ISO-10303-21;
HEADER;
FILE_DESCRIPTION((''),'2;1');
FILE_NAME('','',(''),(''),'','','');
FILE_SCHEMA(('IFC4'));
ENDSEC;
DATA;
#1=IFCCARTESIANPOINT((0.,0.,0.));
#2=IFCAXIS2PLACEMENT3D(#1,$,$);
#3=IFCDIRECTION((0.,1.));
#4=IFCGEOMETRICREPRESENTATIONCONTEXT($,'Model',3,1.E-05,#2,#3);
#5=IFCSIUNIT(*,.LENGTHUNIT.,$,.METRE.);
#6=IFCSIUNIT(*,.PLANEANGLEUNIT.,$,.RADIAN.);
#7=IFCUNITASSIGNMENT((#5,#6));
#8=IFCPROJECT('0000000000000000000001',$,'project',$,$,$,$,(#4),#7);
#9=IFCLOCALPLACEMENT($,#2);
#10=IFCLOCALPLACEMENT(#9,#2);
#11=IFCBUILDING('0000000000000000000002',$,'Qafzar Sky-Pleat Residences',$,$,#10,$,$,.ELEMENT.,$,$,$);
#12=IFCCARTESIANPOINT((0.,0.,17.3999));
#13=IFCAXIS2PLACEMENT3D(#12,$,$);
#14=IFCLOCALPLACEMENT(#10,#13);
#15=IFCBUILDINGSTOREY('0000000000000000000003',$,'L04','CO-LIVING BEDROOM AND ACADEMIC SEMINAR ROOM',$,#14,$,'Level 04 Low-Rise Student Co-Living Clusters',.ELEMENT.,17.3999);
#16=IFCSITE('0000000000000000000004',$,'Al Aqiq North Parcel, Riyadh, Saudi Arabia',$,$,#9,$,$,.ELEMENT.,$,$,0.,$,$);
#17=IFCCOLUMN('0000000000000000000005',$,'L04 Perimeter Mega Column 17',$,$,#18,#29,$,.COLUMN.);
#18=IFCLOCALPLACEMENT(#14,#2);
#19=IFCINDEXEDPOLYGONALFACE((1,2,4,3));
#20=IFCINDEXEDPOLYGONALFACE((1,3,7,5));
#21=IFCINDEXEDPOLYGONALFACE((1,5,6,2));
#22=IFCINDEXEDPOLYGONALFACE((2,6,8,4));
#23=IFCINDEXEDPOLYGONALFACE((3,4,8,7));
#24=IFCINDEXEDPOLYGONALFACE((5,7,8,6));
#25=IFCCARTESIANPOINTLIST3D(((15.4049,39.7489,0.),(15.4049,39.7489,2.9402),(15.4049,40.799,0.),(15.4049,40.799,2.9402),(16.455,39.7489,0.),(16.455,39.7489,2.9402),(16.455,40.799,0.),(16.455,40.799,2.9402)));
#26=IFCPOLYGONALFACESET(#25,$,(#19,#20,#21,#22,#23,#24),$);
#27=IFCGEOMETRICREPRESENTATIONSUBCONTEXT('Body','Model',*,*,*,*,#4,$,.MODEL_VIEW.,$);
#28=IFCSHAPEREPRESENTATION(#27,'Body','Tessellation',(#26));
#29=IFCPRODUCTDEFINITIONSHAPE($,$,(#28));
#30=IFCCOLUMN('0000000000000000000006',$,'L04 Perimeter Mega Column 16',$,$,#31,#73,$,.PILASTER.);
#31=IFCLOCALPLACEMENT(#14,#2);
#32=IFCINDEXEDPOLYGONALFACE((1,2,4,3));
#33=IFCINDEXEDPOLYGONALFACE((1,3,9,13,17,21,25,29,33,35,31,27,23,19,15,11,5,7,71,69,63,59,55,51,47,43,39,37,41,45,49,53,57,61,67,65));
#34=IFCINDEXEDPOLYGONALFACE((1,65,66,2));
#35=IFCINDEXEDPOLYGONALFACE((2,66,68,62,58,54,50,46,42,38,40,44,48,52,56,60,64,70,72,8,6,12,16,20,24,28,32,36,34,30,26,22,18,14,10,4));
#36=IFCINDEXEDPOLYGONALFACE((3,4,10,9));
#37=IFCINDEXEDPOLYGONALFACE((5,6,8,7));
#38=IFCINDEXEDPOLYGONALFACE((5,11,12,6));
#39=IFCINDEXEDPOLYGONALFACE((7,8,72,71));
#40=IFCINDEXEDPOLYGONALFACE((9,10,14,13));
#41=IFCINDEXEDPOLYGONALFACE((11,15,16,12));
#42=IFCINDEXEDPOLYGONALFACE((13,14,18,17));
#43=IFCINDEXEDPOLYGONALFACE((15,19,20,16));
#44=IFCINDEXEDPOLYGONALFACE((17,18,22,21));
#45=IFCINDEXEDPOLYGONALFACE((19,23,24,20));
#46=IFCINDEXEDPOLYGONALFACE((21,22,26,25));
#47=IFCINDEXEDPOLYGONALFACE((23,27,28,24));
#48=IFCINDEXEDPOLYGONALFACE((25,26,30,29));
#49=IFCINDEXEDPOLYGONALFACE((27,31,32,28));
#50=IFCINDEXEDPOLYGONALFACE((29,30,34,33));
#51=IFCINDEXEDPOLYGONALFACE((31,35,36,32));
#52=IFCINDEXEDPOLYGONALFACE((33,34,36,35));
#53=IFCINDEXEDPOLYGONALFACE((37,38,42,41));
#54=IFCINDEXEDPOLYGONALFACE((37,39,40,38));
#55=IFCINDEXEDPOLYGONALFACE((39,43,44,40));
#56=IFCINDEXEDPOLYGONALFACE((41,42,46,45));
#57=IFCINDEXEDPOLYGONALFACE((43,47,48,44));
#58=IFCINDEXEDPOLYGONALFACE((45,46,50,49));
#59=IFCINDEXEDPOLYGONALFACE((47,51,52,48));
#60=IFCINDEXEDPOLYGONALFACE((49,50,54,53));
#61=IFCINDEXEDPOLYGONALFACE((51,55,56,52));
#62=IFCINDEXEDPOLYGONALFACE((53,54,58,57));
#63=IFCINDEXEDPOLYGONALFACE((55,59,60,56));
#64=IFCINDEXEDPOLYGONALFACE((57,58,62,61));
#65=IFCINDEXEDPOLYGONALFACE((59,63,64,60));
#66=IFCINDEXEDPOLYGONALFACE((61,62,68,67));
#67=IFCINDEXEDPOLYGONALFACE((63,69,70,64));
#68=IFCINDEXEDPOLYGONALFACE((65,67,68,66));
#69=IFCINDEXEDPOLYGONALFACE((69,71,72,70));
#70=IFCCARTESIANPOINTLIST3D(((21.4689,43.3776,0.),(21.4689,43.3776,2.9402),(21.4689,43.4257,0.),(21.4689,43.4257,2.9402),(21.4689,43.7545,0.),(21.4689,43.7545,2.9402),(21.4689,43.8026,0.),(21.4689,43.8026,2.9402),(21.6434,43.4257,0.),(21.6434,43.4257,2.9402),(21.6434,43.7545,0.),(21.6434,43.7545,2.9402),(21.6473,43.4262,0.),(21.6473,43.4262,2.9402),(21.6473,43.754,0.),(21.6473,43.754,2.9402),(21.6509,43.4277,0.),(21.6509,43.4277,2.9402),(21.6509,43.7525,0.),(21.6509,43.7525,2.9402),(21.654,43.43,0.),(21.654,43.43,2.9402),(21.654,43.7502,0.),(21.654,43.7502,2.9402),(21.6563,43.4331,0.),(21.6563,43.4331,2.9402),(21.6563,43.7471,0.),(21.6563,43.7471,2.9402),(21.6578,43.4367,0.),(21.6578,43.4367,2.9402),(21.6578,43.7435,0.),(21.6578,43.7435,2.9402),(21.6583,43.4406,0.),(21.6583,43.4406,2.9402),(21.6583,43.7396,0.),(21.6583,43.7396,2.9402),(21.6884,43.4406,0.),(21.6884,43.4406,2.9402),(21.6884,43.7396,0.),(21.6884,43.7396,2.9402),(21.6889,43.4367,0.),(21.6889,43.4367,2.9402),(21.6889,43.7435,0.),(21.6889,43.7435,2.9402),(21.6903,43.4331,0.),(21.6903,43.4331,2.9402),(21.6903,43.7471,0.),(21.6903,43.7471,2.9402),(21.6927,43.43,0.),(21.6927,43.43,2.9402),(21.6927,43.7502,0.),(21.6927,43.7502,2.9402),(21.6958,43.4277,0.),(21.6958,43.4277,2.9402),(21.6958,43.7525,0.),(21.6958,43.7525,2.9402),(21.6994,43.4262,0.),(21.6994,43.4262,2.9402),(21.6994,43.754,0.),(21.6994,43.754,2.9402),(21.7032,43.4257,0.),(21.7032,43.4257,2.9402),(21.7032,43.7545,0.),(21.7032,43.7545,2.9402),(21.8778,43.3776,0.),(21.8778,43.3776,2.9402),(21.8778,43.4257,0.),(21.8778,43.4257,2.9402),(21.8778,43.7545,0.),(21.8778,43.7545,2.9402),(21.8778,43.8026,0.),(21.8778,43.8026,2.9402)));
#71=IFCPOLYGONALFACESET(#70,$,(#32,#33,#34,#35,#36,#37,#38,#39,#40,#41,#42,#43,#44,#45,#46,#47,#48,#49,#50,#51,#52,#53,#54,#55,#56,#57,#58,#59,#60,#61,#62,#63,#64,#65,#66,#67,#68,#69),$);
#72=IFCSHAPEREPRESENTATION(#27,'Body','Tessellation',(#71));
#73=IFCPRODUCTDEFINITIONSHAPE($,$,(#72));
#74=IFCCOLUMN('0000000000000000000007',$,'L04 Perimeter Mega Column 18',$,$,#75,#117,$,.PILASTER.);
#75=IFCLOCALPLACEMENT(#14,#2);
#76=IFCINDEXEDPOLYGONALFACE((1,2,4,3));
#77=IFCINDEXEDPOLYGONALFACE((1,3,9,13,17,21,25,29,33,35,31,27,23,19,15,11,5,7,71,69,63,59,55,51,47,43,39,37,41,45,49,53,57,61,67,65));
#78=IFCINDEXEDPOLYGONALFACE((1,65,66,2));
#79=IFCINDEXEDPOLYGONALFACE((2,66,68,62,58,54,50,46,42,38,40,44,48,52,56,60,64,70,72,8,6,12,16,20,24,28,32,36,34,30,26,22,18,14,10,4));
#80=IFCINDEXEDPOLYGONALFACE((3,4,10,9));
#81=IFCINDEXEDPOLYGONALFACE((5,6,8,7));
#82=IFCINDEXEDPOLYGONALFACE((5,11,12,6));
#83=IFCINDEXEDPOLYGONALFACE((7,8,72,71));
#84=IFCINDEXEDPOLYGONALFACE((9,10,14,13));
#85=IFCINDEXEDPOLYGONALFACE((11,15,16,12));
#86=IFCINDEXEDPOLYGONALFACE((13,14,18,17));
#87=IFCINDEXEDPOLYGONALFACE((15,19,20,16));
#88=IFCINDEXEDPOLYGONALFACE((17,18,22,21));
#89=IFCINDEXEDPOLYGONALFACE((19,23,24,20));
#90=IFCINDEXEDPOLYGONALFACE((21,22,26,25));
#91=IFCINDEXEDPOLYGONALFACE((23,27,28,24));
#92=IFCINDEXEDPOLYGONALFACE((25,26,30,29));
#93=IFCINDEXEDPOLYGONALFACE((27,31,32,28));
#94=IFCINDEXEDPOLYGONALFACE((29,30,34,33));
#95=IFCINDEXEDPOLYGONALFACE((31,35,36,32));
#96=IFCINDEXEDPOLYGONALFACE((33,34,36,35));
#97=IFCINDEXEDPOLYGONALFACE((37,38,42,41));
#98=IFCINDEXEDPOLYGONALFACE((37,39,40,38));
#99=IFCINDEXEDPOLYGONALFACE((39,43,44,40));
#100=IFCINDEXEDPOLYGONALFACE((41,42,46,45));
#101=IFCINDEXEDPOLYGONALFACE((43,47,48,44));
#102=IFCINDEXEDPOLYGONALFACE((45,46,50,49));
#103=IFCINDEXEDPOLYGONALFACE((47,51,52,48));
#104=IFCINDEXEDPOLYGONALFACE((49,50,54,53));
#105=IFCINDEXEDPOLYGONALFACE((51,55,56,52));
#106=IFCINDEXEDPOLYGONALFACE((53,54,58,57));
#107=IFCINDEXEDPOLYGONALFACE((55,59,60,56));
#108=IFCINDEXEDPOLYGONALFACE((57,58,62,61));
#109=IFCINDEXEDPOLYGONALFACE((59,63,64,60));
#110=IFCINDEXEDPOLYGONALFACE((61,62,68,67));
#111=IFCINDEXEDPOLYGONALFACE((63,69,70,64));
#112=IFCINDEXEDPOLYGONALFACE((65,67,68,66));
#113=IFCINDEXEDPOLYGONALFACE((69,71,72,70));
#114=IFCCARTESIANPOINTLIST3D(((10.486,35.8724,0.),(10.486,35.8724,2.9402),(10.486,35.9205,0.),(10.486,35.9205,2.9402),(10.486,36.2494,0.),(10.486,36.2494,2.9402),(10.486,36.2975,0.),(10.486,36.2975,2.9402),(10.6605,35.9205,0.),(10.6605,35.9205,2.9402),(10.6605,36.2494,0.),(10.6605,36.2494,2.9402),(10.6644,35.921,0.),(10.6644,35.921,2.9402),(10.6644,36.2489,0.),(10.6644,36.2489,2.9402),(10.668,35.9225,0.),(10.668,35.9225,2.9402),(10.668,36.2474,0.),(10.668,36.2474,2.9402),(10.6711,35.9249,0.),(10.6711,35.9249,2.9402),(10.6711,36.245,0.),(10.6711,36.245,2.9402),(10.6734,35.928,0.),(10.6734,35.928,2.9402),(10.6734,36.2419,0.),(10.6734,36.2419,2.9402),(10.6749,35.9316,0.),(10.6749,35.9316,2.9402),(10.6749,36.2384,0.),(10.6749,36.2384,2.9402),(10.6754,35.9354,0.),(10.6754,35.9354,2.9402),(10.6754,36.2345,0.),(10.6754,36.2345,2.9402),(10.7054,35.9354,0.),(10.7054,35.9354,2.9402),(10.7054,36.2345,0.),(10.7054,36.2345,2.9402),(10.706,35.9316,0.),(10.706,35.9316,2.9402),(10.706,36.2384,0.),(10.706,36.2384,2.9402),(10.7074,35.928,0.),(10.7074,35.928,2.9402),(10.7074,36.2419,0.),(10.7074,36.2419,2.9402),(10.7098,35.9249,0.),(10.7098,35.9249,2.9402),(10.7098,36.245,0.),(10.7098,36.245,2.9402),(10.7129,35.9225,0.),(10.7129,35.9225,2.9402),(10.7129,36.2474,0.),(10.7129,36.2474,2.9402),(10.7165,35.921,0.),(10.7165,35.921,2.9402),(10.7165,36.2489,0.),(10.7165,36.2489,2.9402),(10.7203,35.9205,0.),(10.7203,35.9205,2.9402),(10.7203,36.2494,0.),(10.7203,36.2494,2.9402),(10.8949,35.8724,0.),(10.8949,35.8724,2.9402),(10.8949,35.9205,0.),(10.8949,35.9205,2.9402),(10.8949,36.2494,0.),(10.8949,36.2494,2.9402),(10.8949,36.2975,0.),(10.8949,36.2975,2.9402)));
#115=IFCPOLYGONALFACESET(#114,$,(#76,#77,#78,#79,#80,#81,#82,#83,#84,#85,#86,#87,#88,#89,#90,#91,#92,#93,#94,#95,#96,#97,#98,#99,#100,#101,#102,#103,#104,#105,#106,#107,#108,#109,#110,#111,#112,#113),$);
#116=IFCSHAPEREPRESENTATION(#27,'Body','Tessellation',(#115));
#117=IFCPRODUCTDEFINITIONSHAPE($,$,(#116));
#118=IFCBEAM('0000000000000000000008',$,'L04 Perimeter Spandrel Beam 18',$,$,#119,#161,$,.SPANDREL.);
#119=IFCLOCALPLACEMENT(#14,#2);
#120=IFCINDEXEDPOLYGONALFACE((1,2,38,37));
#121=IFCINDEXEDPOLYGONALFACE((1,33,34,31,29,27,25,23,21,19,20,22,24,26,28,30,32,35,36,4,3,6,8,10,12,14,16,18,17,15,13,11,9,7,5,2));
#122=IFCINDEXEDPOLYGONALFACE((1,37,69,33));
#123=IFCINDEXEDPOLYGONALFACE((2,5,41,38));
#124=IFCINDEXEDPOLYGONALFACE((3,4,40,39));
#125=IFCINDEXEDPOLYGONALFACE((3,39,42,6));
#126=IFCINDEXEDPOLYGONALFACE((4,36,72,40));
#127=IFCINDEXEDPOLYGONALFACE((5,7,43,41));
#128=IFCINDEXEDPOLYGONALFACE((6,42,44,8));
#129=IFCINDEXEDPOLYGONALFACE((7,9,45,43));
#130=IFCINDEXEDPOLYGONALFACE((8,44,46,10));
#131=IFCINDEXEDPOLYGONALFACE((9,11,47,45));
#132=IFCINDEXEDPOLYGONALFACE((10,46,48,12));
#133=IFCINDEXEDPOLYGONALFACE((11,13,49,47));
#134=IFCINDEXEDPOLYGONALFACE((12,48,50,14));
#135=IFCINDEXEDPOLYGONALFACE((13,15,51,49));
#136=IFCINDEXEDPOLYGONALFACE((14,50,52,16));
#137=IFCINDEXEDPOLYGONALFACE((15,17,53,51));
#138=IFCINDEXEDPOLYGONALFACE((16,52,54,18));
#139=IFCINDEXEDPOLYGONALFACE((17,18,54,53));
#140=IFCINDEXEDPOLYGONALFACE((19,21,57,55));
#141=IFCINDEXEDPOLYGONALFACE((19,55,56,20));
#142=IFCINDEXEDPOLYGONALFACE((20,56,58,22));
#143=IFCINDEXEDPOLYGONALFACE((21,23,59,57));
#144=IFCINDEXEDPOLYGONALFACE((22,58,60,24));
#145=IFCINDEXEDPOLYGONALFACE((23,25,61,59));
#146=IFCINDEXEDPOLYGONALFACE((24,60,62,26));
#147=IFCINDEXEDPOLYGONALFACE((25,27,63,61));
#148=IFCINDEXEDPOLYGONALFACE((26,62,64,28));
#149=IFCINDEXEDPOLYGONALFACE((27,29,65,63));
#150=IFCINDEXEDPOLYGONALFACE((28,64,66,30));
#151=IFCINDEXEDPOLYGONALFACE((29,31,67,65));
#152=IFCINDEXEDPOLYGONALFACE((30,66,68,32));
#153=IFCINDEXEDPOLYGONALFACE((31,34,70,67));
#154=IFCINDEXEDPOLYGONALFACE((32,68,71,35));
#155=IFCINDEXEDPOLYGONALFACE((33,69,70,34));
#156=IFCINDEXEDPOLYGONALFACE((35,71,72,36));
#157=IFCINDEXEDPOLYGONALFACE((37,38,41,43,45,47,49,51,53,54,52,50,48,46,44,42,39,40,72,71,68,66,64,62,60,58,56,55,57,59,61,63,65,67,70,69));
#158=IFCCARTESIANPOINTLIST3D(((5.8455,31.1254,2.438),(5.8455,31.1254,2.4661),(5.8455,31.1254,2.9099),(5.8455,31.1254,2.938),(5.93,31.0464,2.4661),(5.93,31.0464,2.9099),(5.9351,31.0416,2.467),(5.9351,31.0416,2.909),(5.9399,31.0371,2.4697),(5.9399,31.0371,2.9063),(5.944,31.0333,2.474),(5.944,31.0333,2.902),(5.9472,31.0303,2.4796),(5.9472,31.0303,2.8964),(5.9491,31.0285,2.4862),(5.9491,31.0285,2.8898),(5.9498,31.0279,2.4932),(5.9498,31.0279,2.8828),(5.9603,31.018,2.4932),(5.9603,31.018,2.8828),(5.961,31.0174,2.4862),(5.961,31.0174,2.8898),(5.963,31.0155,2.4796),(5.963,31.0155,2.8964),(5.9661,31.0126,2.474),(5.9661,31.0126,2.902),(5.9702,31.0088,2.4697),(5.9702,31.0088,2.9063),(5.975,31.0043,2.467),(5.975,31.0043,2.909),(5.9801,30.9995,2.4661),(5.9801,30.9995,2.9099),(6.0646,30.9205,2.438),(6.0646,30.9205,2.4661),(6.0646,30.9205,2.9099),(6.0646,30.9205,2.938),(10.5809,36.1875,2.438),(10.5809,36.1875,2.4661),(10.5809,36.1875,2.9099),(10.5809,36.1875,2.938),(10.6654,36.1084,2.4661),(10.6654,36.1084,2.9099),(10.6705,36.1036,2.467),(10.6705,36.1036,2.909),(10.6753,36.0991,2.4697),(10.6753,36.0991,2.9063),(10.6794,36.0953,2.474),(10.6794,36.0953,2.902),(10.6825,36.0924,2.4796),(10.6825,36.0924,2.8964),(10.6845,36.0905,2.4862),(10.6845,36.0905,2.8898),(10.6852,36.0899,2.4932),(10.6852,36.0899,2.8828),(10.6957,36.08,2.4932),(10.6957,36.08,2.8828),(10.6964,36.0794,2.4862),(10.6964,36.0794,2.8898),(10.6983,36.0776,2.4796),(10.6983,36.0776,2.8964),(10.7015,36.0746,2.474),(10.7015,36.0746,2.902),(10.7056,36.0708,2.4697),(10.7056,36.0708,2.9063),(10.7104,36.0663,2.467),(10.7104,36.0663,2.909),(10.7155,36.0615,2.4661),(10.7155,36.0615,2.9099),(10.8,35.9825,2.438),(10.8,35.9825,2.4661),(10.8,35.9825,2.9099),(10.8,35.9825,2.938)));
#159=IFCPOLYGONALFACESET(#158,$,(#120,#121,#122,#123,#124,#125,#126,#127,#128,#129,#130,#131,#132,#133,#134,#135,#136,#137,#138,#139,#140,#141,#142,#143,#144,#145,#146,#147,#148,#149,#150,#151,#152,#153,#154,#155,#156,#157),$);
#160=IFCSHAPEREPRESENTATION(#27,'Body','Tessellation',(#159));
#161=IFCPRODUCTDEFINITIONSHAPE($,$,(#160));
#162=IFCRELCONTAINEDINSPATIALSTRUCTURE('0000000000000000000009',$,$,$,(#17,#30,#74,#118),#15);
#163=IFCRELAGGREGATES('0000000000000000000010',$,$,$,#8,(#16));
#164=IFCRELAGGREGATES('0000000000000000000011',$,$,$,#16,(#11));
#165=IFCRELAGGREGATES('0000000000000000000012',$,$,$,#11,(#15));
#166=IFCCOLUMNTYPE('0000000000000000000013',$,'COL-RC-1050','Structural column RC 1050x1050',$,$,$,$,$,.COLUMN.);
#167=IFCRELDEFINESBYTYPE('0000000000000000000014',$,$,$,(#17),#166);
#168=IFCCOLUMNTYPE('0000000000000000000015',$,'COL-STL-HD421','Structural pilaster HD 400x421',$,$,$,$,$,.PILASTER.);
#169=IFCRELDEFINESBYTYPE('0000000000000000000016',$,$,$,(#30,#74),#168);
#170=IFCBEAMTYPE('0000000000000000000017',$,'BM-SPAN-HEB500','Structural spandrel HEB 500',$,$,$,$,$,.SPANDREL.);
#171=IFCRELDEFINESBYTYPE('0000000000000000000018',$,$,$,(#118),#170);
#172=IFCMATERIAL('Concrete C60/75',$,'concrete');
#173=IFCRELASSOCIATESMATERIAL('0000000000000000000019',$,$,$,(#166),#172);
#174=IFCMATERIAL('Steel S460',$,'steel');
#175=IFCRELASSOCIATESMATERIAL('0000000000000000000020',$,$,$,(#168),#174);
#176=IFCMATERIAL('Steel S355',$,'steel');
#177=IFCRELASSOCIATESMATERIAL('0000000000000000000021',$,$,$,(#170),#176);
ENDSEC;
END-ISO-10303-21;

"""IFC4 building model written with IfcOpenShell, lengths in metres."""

from ifc_helpers import new_model, si_unit, direction, frame, origin, origin_2d, place, context, subcontext, project, spatial, rectangle, i_section, extrude, source, transform, mapped, material, material_profile, profile_set, type_object, element, save


model = new_model("IFC4")

# Units and contexts
model_context = context("Model", 3, precision=1e-05, world=origin(), true_north=direction((0.0, 1.0)))
body_context = subcontext(model_context, "Body", "Model", "MODEL_VIEW")
ifc_project = project(units=[si_unit("LENGTHUNIT", "METRE"), si_unit("PLANEANGLEUNIT", "RADIAN")], contexts=[model_context])

# Site, building, storey
site_placement = place(None, origin())
site = spatial("IfcSite", under=ifc_project, at=site_placement, Name="Al Aqiq North Parcel, Riyadh, Saudi Arabia", CompositionType="ELEMENT", RefElevation=0.0)
building_placement = place(site_placement, origin())
building = spatial("IfcBuilding", under=site, at=building_placement, Name="Qafzar Sky-Pleat Residences", CompositionType="ELEMENT")
storey_placement = place(building_placement, frame((0.0, 0.0, 17.3999)))
storey = spatial("IfcBuildingStorey", under=building, at=storey_placement, Name="L04", Description="CO-LIVING BEDROOM AND ACADEMIC SEMINAR ROOM", LongName="Level 04 Low-Rise Student Co-Living Clusters", CompositionType="ELEMENT", Elevation=17.3999)

# Columns
ifc_material_1 = material(Name="Concrete C60/75", Category="concrete")
ifc_material_profile_1 = material_profile(ifc_material_1, rectangle(XDim=1.05, YDim=1.05, at=origin_2d()), Name="RC 1050x1050")
ifc_profile_set_1 = profile_set([ifc_material_profile_1], Name="Concrete C60/75")
column_type_1 = type_object("IfcColumnType", Name="COL-RC-1050", Description="Structural column RC 1050x1050", PredefinedType="COLUMN", material=ifc_profile_set_1)
shared_shape_1 = source(origin(), body_context, "Body", "SweptSolid", [
    extrude(rectangle(XDim=1.05, YDim=1.05, at=origin_2d()), origin(), (0.0, 0.0, 1.0), 2.9402),
])
column_placement = place(storey_placement, frame((15.9299, 40.2739, 0.0), z_axis=(0.0, 0.0, 1.0), x_axis=(1.0, 0.0, 0.0)))
element("IfcColumn", 1, at=column_placement, inside=storey, type_object=column_type_1, Name="L04 Perimeter Mega Column 17", PredefinedType="COLUMN", context=body_context, shape_type="MappedRepresentation", body=[
    mapped(shared_shape_1, transform((0.0, 0.0, 0.0), x_axis=(1.0, 0.0, 0.0), y_axis=(0.0, 1.0, 0.0), z_axis=(0.0, 0.0, 1.0), scale=1.0)),
])
ifc_material_2 = material(Name="Steel S460", Category="steel")
ifc_material_profile_2 = material_profile(ifc_material_2, i_section(OverallWidth=0.4089, OverallDepth=0.425, WebThickness=0.03, FlangeThickness=0.0481, FilletRadius=0.0149, at=origin_2d()), Name="HD 400x421")
ifc_profile_set_2 = profile_set([ifc_material_profile_2], Name="Steel S460")
column_type_2 = type_object("IfcColumnType", Name="COL-STL-HD421", Description="Structural pilaster HD 400x421", PredefinedType="PILASTER", material=ifc_profile_set_2)
shared_shape_2 = source(origin(), body_context, "Body", "SweptSolid", [
    extrude(i_section(OverallWidth=0.4089, OverallDepth=0.425, WebThickness=0.03, FlangeThickness=0.0481, FilletRadius=0.0149, at=origin_2d()), origin(), (0.0, 0.0, 1.0), 2.9402),
])
for number, where, z_axis, x_axis, name in (
    (2, (21.6733, 43.5901, 0.0), (0.0, 0.0, 1.0), (1.0, 0.0, 0.0), "L04 Perimeter Mega Column 16"),
    (3, (10.6904, 36.085, 0.0), (0.0, 0.0, 1.0), (1.0, 0.0, 0.0), "L04 Perimeter Mega Column 18"),
):
    element("IfcColumn", number, at=place(storey_placement, frame(where, z_axis=z_axis, x_axis=x_axis)), inside=storey, type_object=column_type_2, Name=name, PredefinedType="PILASTER", context=body_context, shape_type="MappedRepresentation", body=[
        mapped(shared_shape_2, transform((0.0, 0.0, 0.0), x_axis=(1.0, 0.0, 0.0), y_axis=(0.0, 1.0, 0.0), z_axis=(0.0, 0.0, 1.0), scale=1.0)),
    ])

# Beam
ifc_material_3 = material(Name="Steel S355", Category="steel")
ifc_material_profile_3 = material_profile(ifc_material_3, i_section(OverallWidth=0.3, OverallDepth=0.5, WebThickness=0.0144, FlangeThickness=0.0281, FilletRadius=0.0271, at=origin_2d()), Name="HEB 500")
ifc_profile_set_3 = profile_set([ifc_material_profile_3], Name="Steel S355")
beam_type_1 = type_object("IfcBeamType", Name="BM-SPAN-HEB500", Description="Structural spandrel HEB 500", PredefinedType="SPANDREL", material=ifc_profile_set_3)
shared_shape_3 = source(origin(), body_context, "Body", "SweptSolid", [
    extrude(i_section(OverallWidth=0.3, OverallDepth=0.5, WebThickness=0.0144, FlangeThickness=0.0281, FilletRadius=0.0271, at=origin_2d()), origin(), (0.0, 0.0, 1.0), 6.9316),
])
beam_1_placement = place(storey_placement, frame((10.6904, 36.085, 2.688), z_axis=(-0.683151, -0.730277, 0.0), x_axis=(0.730277, -0.683151, 0.0)))
element("IfcBeam", 4, at=beam_1_placement, inside=storey, type_object=beam_type_1, Name="L04 Perimeter Spandrel Beam 18", PredefinedType="SPANDREL", context=body_context, shape_type="MappedRepresentation", body=[
    mapped(shared_shape_3, transform((0.0, 0.0, 0.0), x_axis=(1.0, 0.0, 0.0), y_axis=(0.0, 1.0, 0.0), z_axis=(0.0, 0.0, 1.0), scale=1.0)),
])

save(model, "model.ifc")
